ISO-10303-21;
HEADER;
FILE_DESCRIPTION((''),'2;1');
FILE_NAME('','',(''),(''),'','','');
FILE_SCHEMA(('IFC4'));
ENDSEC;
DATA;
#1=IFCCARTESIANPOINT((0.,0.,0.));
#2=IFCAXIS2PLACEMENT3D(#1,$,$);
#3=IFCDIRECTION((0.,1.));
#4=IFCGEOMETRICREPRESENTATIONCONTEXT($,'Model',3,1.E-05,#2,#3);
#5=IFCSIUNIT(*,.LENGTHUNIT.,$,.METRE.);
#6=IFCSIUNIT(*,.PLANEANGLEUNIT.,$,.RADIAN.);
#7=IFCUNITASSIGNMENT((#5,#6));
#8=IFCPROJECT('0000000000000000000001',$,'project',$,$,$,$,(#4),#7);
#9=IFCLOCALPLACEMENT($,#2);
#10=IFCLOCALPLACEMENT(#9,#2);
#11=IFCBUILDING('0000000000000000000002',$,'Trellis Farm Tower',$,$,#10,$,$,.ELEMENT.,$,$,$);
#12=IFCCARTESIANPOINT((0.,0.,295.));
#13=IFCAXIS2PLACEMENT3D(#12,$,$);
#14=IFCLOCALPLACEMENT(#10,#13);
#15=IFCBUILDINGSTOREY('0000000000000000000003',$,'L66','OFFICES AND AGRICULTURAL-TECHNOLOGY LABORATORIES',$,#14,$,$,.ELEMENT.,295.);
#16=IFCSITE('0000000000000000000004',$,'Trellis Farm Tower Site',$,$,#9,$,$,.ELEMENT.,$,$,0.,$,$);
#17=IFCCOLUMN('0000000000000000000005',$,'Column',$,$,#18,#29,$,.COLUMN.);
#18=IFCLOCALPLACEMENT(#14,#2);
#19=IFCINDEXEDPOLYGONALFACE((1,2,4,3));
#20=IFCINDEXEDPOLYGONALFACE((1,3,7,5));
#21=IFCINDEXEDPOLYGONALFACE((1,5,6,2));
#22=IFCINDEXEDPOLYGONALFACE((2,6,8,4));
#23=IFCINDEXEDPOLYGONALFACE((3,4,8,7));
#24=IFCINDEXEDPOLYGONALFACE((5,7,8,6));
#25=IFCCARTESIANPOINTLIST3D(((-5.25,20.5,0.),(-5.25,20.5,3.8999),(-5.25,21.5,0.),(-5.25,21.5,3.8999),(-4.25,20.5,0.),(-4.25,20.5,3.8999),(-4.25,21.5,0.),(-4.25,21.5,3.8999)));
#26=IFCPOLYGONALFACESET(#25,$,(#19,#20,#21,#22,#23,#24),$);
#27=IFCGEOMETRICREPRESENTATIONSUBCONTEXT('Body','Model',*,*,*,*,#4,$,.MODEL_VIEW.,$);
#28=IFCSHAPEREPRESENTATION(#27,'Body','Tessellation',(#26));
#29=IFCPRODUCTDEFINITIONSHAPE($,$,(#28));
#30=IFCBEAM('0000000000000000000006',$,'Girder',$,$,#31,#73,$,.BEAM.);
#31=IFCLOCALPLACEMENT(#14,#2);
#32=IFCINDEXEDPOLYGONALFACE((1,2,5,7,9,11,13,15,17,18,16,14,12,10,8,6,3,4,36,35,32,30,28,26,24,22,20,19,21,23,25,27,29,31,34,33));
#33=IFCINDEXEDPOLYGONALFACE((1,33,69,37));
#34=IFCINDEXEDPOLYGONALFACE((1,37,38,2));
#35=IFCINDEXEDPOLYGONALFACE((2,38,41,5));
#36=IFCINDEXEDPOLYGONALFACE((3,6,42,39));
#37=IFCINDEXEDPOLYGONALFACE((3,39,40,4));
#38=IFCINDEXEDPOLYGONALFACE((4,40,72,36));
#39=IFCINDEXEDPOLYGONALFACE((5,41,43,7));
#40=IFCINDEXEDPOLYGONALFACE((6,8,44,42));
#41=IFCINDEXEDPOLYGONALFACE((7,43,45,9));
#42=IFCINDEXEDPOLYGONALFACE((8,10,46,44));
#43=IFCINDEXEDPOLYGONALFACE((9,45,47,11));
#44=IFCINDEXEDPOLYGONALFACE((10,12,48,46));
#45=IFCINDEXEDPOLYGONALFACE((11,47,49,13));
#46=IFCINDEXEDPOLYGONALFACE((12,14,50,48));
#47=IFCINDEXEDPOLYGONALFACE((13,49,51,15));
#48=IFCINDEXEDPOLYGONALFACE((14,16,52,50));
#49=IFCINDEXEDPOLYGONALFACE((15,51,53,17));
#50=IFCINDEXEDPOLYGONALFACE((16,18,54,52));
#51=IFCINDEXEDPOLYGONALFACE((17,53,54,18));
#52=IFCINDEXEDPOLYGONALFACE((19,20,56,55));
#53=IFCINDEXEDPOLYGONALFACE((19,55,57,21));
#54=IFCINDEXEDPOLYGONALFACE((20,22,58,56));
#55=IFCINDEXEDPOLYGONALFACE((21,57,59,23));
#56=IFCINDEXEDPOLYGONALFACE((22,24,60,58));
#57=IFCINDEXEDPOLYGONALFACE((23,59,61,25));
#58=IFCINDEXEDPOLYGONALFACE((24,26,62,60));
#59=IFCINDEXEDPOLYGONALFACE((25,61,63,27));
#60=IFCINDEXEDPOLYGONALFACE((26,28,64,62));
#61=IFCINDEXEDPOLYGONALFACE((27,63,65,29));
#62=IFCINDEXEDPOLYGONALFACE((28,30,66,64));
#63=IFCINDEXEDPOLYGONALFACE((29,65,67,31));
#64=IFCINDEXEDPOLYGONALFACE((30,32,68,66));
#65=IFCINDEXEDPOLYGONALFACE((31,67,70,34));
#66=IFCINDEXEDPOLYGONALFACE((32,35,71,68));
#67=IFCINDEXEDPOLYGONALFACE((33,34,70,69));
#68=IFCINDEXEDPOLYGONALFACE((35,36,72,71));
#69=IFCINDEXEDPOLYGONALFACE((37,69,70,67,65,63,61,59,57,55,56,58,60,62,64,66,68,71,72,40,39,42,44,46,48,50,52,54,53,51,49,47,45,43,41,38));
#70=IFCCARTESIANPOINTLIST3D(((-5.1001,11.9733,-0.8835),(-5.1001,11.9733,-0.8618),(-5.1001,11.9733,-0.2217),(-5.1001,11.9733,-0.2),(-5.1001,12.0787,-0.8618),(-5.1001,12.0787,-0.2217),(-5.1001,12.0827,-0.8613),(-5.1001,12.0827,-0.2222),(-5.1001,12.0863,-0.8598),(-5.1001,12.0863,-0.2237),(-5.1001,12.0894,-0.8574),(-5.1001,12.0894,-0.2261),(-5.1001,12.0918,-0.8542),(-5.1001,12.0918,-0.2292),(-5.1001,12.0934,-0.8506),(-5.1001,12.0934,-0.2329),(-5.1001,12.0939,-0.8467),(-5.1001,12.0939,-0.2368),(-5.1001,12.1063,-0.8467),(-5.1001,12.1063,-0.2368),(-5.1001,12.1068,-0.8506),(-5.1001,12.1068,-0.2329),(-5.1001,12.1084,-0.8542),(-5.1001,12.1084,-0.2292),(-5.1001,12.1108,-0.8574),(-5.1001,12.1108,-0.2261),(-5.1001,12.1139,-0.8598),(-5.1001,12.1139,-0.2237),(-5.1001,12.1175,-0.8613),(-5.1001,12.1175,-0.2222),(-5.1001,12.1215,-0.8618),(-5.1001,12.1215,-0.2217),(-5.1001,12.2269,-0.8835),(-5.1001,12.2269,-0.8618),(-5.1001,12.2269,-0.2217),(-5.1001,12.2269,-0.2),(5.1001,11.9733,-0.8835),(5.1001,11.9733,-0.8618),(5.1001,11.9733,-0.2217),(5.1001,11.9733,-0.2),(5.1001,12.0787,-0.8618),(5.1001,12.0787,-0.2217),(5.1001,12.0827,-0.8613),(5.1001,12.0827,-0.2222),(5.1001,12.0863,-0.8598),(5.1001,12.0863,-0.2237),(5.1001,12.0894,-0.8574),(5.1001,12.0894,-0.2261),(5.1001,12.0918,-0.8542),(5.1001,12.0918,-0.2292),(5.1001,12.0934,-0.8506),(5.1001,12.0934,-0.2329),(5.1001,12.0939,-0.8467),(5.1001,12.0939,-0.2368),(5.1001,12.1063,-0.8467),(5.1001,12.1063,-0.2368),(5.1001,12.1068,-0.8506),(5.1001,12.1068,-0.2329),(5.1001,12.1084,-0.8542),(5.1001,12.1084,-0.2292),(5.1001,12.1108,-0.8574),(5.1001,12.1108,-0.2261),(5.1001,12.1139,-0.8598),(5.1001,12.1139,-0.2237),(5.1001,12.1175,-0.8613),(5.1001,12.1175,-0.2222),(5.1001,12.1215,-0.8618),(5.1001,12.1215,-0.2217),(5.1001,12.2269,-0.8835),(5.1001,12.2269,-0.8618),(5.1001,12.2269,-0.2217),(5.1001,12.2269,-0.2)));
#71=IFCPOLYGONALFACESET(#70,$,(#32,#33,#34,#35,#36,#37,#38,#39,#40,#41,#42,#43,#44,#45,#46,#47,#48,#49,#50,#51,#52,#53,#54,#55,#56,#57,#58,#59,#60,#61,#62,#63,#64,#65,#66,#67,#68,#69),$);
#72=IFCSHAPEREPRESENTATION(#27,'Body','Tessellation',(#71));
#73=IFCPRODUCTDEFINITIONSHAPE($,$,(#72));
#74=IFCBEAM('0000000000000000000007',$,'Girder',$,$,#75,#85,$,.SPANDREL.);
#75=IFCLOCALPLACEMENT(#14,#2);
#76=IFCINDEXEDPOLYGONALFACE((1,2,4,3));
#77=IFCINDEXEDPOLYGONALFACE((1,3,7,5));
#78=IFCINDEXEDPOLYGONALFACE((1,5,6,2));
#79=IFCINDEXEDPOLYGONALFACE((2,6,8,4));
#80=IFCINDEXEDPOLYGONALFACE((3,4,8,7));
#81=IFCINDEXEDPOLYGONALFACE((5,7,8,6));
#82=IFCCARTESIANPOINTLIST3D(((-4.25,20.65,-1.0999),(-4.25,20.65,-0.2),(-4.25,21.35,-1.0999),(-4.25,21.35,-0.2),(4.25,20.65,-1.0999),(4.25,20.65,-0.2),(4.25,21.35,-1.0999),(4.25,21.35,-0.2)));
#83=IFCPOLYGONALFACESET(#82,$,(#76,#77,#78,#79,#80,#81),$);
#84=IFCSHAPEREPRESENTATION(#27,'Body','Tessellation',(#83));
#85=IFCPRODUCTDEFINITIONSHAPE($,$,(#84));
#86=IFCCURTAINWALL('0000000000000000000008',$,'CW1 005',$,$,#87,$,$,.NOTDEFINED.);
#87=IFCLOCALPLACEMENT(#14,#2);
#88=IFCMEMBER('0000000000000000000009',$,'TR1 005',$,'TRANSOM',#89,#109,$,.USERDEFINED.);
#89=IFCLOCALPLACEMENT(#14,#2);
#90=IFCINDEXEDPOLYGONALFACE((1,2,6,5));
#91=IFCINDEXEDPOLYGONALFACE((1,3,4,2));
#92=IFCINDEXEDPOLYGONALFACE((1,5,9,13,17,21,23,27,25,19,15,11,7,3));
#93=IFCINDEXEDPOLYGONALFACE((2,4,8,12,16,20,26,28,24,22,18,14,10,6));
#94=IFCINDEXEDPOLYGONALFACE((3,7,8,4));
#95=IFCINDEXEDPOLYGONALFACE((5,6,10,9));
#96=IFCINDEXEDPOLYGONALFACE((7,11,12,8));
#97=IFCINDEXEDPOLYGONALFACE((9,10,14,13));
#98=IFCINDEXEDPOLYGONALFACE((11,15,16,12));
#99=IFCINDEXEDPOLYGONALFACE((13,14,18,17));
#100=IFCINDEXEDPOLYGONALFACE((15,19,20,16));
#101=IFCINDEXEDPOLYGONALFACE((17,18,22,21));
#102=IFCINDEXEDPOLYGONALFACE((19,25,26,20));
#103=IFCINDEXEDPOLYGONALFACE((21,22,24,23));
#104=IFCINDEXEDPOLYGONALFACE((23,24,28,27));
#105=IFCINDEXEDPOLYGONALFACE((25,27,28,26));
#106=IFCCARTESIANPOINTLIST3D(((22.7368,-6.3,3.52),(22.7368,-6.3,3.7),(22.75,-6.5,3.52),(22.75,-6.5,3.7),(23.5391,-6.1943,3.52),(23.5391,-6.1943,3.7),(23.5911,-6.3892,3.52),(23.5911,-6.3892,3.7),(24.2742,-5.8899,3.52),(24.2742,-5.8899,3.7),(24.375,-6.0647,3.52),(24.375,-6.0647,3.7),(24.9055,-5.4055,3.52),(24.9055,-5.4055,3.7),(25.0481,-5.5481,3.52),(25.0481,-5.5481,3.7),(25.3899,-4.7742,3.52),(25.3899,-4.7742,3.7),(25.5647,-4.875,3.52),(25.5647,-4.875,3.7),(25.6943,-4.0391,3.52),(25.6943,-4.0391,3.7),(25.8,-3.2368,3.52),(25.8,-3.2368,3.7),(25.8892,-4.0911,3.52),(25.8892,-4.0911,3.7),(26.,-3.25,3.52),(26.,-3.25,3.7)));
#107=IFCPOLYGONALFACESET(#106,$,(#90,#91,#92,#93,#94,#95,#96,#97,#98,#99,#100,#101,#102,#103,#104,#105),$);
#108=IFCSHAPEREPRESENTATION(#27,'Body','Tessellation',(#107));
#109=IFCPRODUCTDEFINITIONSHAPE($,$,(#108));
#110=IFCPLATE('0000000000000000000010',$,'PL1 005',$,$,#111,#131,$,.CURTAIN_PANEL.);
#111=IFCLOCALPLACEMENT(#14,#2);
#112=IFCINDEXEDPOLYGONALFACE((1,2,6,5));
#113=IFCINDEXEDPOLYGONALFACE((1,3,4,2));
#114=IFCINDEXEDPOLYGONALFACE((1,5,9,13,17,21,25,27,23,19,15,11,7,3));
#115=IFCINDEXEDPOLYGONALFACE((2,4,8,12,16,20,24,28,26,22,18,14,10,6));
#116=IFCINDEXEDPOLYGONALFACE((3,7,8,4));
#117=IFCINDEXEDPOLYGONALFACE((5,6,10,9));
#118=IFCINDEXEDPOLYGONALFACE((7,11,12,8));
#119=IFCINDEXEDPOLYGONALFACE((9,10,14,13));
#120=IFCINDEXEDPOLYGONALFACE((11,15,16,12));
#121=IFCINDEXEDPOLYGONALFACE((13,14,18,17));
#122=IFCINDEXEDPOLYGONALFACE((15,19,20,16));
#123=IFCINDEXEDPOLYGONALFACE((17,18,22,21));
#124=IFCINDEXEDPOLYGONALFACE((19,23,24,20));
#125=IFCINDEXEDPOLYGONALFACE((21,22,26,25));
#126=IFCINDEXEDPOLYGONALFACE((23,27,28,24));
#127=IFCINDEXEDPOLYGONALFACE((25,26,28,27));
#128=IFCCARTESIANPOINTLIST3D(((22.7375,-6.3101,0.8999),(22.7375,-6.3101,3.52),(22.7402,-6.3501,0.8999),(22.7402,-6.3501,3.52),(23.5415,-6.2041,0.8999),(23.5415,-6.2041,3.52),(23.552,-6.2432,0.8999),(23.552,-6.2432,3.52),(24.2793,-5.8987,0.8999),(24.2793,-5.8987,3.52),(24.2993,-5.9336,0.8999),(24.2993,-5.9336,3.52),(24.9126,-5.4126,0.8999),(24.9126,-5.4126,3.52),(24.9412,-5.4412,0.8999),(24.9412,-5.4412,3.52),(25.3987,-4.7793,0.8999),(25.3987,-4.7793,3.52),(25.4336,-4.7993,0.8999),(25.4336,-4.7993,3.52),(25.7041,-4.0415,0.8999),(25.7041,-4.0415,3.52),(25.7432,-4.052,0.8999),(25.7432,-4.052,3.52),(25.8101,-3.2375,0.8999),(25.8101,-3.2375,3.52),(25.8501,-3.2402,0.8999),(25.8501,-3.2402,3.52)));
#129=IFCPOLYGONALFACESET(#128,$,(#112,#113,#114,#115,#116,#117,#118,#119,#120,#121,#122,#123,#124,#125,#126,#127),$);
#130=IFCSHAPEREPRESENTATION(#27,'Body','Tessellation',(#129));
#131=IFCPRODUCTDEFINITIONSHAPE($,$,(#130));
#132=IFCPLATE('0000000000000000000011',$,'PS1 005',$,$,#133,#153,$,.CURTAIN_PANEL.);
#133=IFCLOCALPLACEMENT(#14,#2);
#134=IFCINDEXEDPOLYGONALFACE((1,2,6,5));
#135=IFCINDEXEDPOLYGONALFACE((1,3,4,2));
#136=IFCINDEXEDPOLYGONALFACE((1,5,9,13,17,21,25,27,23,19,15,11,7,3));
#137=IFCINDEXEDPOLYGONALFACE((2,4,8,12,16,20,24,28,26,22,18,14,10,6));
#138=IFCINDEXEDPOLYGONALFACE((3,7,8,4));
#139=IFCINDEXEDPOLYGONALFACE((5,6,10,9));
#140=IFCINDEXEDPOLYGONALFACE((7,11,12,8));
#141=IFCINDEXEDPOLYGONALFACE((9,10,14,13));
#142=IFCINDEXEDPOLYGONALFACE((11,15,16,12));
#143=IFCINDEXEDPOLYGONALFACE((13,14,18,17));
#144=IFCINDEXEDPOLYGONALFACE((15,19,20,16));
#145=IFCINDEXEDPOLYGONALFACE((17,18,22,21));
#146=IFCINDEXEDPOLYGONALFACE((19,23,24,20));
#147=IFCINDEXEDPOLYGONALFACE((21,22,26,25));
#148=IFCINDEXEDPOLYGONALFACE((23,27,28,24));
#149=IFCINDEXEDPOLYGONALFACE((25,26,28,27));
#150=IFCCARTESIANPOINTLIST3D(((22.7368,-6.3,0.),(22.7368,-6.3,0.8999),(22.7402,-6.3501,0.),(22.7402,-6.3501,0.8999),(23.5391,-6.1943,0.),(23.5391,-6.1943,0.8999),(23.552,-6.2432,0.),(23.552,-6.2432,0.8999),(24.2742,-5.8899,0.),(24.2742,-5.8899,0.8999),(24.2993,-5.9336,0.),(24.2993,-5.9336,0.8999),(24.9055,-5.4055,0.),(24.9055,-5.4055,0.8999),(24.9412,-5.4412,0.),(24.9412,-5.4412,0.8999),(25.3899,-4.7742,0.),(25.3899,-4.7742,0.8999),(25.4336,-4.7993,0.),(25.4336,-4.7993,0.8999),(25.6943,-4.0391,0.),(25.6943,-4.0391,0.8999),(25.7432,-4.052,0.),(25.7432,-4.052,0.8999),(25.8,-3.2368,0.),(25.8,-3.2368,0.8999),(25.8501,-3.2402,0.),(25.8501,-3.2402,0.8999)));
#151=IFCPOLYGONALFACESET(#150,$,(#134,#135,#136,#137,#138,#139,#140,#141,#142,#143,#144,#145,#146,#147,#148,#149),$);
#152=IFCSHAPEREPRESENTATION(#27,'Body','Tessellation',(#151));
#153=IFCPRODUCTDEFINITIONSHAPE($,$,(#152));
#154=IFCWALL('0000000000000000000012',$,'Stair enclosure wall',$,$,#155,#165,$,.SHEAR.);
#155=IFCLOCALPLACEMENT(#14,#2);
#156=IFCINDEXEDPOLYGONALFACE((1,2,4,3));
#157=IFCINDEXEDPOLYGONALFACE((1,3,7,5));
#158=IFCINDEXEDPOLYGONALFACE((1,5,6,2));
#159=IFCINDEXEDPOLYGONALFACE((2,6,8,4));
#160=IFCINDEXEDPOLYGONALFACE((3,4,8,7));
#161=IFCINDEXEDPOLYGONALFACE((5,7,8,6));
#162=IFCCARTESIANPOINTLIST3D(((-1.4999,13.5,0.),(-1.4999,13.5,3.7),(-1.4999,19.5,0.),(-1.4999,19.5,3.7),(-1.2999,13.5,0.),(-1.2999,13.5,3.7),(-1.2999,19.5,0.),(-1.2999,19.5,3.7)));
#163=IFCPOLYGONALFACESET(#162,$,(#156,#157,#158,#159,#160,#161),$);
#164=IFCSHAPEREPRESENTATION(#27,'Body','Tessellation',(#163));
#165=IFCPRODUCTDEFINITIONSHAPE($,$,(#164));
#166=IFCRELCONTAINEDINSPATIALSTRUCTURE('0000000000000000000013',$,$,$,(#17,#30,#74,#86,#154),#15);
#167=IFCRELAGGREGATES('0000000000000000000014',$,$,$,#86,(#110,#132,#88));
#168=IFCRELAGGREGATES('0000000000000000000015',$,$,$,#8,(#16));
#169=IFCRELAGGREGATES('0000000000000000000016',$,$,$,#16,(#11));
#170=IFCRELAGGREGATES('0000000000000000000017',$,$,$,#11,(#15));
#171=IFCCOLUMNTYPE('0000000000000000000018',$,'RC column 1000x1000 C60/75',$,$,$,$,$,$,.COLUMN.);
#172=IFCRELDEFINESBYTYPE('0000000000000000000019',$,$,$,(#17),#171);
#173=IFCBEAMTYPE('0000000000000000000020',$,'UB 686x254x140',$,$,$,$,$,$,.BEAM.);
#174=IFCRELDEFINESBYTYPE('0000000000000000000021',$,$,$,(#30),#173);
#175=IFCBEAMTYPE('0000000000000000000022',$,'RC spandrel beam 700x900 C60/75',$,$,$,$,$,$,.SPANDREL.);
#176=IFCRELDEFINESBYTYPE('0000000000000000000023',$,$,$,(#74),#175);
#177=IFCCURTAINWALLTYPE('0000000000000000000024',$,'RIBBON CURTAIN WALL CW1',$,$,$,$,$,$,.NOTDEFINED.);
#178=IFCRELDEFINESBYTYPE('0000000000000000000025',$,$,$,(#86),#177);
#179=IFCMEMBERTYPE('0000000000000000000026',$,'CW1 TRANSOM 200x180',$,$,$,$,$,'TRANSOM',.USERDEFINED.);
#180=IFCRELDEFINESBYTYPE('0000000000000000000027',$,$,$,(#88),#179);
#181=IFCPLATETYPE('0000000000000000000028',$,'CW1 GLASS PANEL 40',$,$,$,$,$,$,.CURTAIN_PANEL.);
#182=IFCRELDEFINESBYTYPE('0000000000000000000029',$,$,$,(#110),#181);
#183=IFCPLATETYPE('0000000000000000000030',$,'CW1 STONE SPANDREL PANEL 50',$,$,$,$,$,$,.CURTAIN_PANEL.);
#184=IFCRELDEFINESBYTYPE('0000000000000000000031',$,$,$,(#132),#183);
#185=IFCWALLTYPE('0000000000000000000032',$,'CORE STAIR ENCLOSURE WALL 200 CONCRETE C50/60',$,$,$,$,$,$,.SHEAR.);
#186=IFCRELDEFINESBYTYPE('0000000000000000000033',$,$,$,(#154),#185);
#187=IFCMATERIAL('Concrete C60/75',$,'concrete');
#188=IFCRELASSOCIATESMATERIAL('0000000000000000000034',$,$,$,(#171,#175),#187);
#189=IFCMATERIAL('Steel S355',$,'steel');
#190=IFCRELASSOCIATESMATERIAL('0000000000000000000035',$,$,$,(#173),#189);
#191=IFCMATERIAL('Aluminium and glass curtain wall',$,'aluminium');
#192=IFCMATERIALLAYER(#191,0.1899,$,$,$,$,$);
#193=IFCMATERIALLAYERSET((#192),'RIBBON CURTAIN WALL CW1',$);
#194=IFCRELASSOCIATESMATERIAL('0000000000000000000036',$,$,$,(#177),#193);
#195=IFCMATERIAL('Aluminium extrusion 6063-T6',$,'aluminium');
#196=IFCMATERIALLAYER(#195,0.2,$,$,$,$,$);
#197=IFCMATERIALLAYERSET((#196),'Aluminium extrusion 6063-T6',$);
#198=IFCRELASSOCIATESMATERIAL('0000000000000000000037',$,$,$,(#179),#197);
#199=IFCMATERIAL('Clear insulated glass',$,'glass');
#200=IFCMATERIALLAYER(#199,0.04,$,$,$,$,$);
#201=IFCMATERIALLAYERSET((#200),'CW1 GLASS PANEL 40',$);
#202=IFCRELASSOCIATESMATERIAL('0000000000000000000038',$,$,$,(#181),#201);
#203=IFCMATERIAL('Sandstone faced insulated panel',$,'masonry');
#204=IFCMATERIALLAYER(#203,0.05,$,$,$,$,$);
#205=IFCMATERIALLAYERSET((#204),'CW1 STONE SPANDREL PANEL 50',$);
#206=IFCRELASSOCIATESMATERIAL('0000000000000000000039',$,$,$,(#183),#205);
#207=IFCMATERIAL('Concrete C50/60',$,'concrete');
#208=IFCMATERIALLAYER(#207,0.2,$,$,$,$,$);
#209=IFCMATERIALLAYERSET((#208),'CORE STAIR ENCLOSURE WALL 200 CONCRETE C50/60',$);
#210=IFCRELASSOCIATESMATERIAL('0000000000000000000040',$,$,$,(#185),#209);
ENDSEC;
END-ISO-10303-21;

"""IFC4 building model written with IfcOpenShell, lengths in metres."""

from ifc_helpers import new_model, si_unit, direction, frame, frame_2d, origin, origin_2d, place, context, subcontext, project, spatial, polyline, rectangle, i_section, outline, extrude, source, transform, mapped, material, layer, layer_set, material_profile, profile_set, type_object, element, aggregate, save


model = new_model("IFC4")

# Units and contexts
model_context = context("Model", 3, precision=1e-05, world=origin(), true_north=direction((0.0, 1.0)))
body_context = subcontext(model_context, "Body", "Model", "MODEL_VIEW")
ifc_project = project(units=[si_unit("LENGTHUNIT", "METRE"), si_unit("PLANEANGLEUNIT", "RADIAN")], contexts=[model_context])

# Site, building, storey
site_placement = place(None, origin())
site = spatial("IfcSite", under=ifc_project, at=site_placement, Name="Trellis Farm Tower Site", CompositionType="ELEMENT", RefElevation=0.0)
building_placement = place(site_placement, origin())
building = spatial("IfcBuilding", under=site, at=building_placement, Name="Trellis Farm Tower", CompositionType="ELEMENT")
storey_placement = place(building_placement, frame((0.0, 0.0, 295.0)))
storey = spatial("IfcBuildingStorey", under=building, at=storey_placement, Name="L66", Description="OFFICES AND AGRICULTURAL-TECHNOLOGY LABORATORIES", CompositionType="ELEMENT", Elevation=295.0)

# Column
ifc_material_1 = material(Name="Concrete C60/75", Category="concrete")
ifc_material_profile_1 = material_profile(ifc_material_1, rectangle(XDim=1.0, YDim=1.0, at=origin_2d()), Name="RC column 1000x1000 C60/75")
ifc_profile_set_1 = profile_set([ifc_material_profile_1], Name="Concrete C60/75")
column_type = type_object("IfcColumnType", Name="RC column 1000x1000 C60/75", PredefinedType="COLUMN", material=ifc_profile_set_1)
shared_shape_1 = source(origin(), body_context, "Body", "SweptSolid", [
    extrude(rectangle(XDim=1.0, YDim=1.0, at=origin_2d()), origin(), (0.0, 0.0, 1.0), 3.8999),
])
column_placement = place(storey_placement, frame((-4.75, 21.0, 0.0), z_axis=(0.0, 0.0, 1.0), x_axis=(1.0, 0.0, 0.0)))
element("IfcColumn", 1, at=column_placement, inside=storey, type_object=column_type, Name="Column", PredefinedType="COLUMN", context=body_context, shape_type="MappedRepresentation", body=[
    mapped(shared_shape_1, transform((0.0, 0.0, 0.0))),
])

# Beams
ifc_material_2 = material(Name="Steel S355", Category="steel")
ifc_material_profile_2 = material_profile(ifc_material_2, i_section(OverallWidth=0.2537, OverallDepth=0.6836, WebThickness=0.0125, FlangeThickness=0.0217, FilletRadius=0.0151, at=origin_2d()), Name="UB 686x254x140")
ifc_profile_set_2 = profile_set([ifc_material_profile_2], Name="Steel S355")
beam_type_1 = type_object("IfcBeamType", Name="UB 686x254x140", PredefinedType="BEAM", material=ifc_profile_set_2)
shared_shape_2 = source(origin(), body_context, "Body", "SweptSolid", [
    extrude(i_section(OverallWidth=0.2537, OverallDepth=0.6836, WebThickness=0.0125, FlangeThickness=0.0217, FilletRadius=0.0151, at=origin_2d()), origin(), (0.0, 0.0, 1.0), 10.2002),
])
beam_1_placement = place(storey_placement, frame((-5.1001, 12.1001, -0.5417), z_axis=(1.0, 0.0, 0.0), x_axis=(0.0, 1.0, 0.0)))
element("IfcBeam", 2, at=beam_1_placement, inside=storey, type_object=beam_type_1, Name="Girder", PredefinedType="BEAM", context=body_context, shape_type="MappedRepresentation", body=[
    mapped(shared_shape_2, transform((0.0, 0.0, 0.0))),
])
ifc_material_profile_3 = material_profile(ifc_material_1, rectangle(XDim=0.7, YDim=0.8999, at=origin_2d()), Name="RC spandrel beam 700x900 C60/75")
ifc_profile_set_3 = profile_set([ifc_material_profile_3], Name="Concrete C60/75")
beam_type_2 = type_object("IfcBeamType", Name="RC spandrel beam 700x900 C60/75", PredefinedType="SPANDREL", material=ifc_profile_set_3)
shared_shape_3 = source(origin(), body_context, "Body", "SweptSolid", [
    extrude(rectangle(XDim=0.7, YDim=0.8999, at=origin_2d()), origin(), (0.0, 0.0, 1.0), 8.5),
])
beam_2_placement = place(storey_placement, frame((-4.25, 21.0, -0.6499), z_axis=(1.0, 0.0, 0.0), x_axis=(0.0, 1.0, 0.0)))
element("IfcBeam", 3, at=beam_2_placement, inside=storey, type_object=beam_type_2, Name="Girder", PredefinedType="SPANDREL", context=body_context, shape_type="MappedRepresentation", body=[
    mapped(shared_shape_3, transform((0.0, 0.0, 0.0))),
])

# Curtain wall, member, plates
ifc_material_3 = material(Name="Aluminium and glass curtain wall", Category="aluminium")
ifc_layer_1 = layer(ifc_material_3, 0.1899)
ifc_layer_set_1 = layer_set([ifc_layer_1], Name="RIBBON CURTAIN WALL CW1")
curtain_wall_type = type_object("IfcCurtainWallType", Name="RIBBON CURTAIN WALL CW1", PredefinedType="NOTDEFINED", material=ifc_layer_set_1)
placement = place(storey_placement, origin())
curtain_wall = element("IfcCurtainWall", 4, at=placement, inside=storey, type_object=curtain_wall_type, Name="CW1 005", PredefinedType="NOTDEFINED")
ifc_material_4 = material(Name="Aluminium extrusion 6063-T6", Category="aluminium")
ifc_layer_2 = layer(ifc_material_4, 0.2)
ifc_layer_set_2 = layer_set([ifc_layer_2], Name="Aluminium extrusion 6063-T6")
member_type = type_object("IfcMemberType", Name="CW1 TRANSOM 200x180", ElementType="TRANSOM", PredefinedType="USERDEFINED", material=ifc_layer_set_2)
shared_shape_4 = source(origin(), body_context, "Body", "SweptSolid", [
    extrude(outline(polyline([(22.75, -6.5), (23.5911, -6.3892), (24.375, -6.0647), (25.0481, -5.5481), (25.5647, -4.875), (25.8892, -4.0911), (26.0, -3.25), (25.8, -3.2368), (25.6943, -4.0391), (25.3899, -4.7742), (24.9055, -5.4055), (24.2742, -5.8899), (23.5391, -6.1943), (22.7368, -6.3), (22.75, -6.5)])), origin(), (0.0, 0.0, 1.0), 0.1799),
])
member_placement = place(storey_placement, frame((0.0, 0.0, 3.52)))
member = element("IfcMember", 5, at=member_placement, type_object=member_type, Name="TR1 005", ObjectType="TRANSOM", PredefinedType="USERDEFINED", context=body_context, shape_type="MappedRepresentation", body=[
    mapped(shared_shape_4, transform((0.0, 0.0, 0.0))),
])
ifc_material_5 = material(Name="Clear insulated glass", Category="glass")
ifc_layer_3 = layer(ifc_material_5, 0.04)
ifc_layer_set_3 = layer_set([ifc_layer_3], Name="CW1 GLASS PANEL 40")
plate_type_1 = type_object("IfcPlateType", Name="CW1 GLASS PANEL 40", PredefinedType="CURTAIN_PANEL", material=ifc_layer_set_3)
shared_shape_5 = source(origin(), body_context, "Body", "SweptSolid", [
    extrude(outline(polyline([(22.7402, -6.3501), (23.552, -6.2432), (24.2993, -5.9336), (24.9412, -5.4412), (25.4336, -4.7993), (25.7432, -4.052), (25.8501, -3.2402), (25.8101, -3.2375), (25.7041, -4.0415), (25.3987, -4.7793), (24.9126, -5.4126), (24.2793, -5.8987), (23.5415, -6.2041), (22.7375, -6.3101), (22.7402, -6.3501)])), origin(), (0.0, 0.0, 1.0), 2.6201),
])
plate_1_placement = place(storey_placement, frame((0.0, 0.0, 0.8999)))
plate_1 = element("IfcPlate", 6, at=plate_1_placement, type_object=plate_type_1, Name="PL1 005", PredefinedType="CURTAIN_PANEL", context=body_context, shape_type="MappedRepresentation", body=[
    mapped(shared_shape_5, transform((0.0, 0.0, 0.0))),
])
ifc_material_6 = material(Name="Sandstone faced insulated panel", Category="masonry")
ifc_layer_4 = layer(ifc_material_6, 0.05)
ifc_layer_set_4 = layer_set([ifc_layer_4], Name="CW1 STONE SPANDREL PANEL 50")
plate_type_2 = type_object("IfcPlateType", Name="CW1 STONE SPANDREL PANEL 50", PredefinedType="CURTAIN_PANEL", material=ifc_layer_set_4)
shared_shape_6 = source(origin(), body_context, "Body", "SweptSolid", [
    extrude(outline(polyline([(22.7402, -6.3501), (23.552, -6.2432), (24.2993, -5.9336), (24.9412, -5.4412), (25.4336, -4.7993), (25.7432, -4.052), (25.8501, -3.2402), (25.8, -3.2368), (25.6943, -4.0391), (25.3899, -4.7742), (24.9055, -5.4055), (24.2742, -5.8899), (23.5391, -6.1943), (22.7368, -6.3), (22.7402, -6.3501)])), origin(), (0.0, 0.0, 1.0), 0.8999),
])
plate_2 = element("IfcPlate", 7, at=placement, type_object=plate_type_2, Name="PS1 005", PredefinedType="CURTAIN_PANEL", context=body_context, shape_type="MappedRepresentation", body=[
    mapped(shared_shape_6, transform((0.0, 0.0, 0.0))),
])
aggregate(curtain_wall, [plate_1, plate_2, member])

# Wall
ifc_material_7 = material(Name="Concrete C50/60", Category="concrete")
ifc_layer_5 = layer(ifc_material_7, 0.2)
ifc_layer_set_5 = layer_set([ifc_layer_5], Name="CORE STAIR ENCLOSURE WALL 200 CONCRETE C50/60")
wall_type_1 = type_object("IfcWallType", Name="CORE STAIR ENCLOSURE WALL 200 CONCRETE C50/60", PredefinedType="SHEAR", material=ifc_layer_set_5)
shared_shape_7 = source(origin(), body_context, "Body", "SweptSolid", [
    extrude(rectangle(XDim=6.0, YDim=0.2, at=frame_2d((3.0, 0.0))), origin(), (0.0, 0.0, 1.0), 3.7),
])
wall_1_placement = place(storey_placement, frame((-1.3999, 13.5, 0.0), z_axis=(0.0, 0.0, 1.0), x_axis=(0.0, 1.0, 0.0)))
element("IfcWall", 8, at=wall_1_placement, inside=storey, type_object=wall_type_1, Name="Stair enclosure wall", PredefinedType="SHEAR", context=body_context, shape_type="MappedRepresentation", body=[
    mapped(shared_shape_7, transform((0.0, 0.0, 0.0))),
])

save(model, "model.ifc")
